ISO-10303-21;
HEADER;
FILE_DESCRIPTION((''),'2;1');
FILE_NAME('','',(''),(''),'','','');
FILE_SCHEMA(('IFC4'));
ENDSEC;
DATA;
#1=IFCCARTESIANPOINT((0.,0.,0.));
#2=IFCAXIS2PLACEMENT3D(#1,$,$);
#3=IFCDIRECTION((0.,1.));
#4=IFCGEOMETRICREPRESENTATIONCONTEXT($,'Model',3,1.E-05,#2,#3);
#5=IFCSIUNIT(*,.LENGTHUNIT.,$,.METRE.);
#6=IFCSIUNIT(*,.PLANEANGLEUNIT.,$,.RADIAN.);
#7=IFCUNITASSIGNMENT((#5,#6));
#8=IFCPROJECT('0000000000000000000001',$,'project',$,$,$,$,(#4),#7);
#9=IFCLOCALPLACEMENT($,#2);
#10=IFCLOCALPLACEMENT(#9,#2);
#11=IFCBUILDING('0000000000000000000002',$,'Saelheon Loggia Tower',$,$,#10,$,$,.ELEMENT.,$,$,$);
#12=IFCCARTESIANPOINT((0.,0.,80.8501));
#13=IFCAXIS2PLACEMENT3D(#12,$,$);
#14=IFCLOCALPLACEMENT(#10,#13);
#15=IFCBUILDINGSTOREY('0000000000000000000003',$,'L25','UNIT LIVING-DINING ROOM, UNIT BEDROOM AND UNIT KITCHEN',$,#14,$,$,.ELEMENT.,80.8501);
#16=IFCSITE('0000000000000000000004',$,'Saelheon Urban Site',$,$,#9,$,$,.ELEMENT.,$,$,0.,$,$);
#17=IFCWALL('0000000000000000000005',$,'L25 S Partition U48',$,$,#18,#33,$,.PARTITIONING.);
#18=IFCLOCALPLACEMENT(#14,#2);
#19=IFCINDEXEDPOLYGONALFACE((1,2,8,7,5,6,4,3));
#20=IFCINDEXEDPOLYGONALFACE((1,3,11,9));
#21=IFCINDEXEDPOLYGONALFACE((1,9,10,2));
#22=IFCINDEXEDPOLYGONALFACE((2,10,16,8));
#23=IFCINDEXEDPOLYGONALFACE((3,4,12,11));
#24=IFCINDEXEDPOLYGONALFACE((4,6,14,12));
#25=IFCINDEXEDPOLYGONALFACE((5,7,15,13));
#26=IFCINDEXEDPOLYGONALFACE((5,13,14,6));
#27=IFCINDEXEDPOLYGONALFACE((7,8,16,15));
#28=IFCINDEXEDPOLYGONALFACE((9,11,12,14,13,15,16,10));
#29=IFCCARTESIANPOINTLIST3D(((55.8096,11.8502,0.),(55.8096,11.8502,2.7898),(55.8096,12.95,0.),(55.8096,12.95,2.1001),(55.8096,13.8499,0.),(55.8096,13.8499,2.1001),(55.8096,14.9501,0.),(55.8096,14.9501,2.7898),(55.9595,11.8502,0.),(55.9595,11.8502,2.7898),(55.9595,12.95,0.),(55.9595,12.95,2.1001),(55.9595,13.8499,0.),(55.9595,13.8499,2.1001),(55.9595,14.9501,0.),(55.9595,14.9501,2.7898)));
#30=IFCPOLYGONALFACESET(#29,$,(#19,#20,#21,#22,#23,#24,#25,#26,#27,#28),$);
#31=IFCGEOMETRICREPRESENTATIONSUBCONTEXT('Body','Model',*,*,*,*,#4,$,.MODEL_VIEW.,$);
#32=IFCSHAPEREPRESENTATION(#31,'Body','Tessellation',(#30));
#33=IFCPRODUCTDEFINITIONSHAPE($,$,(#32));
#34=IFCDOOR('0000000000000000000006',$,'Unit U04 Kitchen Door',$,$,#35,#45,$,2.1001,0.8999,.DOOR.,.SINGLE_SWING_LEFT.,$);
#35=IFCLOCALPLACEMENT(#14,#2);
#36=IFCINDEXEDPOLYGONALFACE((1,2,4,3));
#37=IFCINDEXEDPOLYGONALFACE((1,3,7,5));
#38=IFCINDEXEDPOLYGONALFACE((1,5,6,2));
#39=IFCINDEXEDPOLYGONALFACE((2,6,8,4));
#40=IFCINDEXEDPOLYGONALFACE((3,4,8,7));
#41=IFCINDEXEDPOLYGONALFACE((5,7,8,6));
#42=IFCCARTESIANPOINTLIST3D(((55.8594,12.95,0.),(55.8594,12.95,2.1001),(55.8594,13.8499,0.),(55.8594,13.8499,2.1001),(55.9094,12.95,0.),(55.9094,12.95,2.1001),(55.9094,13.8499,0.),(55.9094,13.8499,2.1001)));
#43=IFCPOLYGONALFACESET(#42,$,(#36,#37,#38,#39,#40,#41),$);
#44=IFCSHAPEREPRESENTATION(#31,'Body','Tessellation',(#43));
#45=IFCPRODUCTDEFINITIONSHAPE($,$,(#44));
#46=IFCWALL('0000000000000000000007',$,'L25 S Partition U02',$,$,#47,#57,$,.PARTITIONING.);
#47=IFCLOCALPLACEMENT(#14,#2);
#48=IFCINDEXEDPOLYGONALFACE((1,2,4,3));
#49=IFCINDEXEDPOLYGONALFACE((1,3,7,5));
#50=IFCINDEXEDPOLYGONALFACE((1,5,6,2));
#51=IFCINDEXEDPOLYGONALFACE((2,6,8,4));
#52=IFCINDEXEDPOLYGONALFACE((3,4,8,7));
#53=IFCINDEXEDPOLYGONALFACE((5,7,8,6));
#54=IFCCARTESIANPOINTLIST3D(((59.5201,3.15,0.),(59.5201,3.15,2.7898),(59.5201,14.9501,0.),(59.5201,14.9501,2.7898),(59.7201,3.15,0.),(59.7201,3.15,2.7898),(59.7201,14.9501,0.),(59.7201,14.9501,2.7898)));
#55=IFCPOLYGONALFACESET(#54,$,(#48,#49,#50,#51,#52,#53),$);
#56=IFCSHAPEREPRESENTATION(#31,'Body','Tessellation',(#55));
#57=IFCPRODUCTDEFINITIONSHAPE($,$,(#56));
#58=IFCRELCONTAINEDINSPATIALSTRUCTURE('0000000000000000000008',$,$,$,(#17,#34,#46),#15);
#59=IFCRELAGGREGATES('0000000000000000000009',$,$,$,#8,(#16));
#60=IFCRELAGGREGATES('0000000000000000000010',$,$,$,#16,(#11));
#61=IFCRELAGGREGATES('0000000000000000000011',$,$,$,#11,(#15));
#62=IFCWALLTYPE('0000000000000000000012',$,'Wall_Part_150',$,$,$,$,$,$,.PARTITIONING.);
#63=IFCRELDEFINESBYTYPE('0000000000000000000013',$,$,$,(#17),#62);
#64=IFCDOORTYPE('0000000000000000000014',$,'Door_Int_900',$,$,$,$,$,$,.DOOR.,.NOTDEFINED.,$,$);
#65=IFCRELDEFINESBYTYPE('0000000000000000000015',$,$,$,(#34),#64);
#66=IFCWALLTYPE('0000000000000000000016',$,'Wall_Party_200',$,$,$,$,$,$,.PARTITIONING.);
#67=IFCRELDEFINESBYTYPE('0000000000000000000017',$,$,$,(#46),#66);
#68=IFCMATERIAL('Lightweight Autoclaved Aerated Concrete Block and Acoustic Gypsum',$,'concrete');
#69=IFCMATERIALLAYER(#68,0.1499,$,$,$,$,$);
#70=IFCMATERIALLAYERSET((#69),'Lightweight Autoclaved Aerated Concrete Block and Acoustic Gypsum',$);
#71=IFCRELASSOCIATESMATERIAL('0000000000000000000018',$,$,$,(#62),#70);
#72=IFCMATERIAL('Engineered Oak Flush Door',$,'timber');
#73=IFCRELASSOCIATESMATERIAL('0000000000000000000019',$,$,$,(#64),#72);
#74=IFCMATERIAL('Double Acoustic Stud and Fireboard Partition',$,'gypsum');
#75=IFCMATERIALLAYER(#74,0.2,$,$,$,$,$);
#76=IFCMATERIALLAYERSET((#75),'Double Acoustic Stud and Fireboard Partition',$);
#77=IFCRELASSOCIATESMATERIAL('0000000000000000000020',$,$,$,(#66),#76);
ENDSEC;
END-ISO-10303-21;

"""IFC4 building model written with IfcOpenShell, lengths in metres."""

from ifc_helpers import new_model, si_unit, direction, frame, frame_2d, origin, place, context, subcontext, project, spatial, rectangle, extrude, source, transform, mapped, material, layer, layer_set, type_object, element, fill, save


model = new_model("IFC4")

# Units and contexts
model_context = context("Model", 3, precision=1e-05, world=origin(), true_north=direction((0.0, 1.0)))
body_context = subcontext(model_context, "Body", "Model", "MODEL_VIEW")
ifc_project = project(units=[si_unit("LENGTHUNIT", "METRE"), si_unit("PLANEANGLEUNIT", "RADIAN")], contexts=[model_context])

# Site, building, storey
site_placement = place(None, origin())
site = spatial("IfcSite", under=ifc_project, at=site_placement, Name="Saelheon Urban Site", CompositionType="ELEMENT", RefElevation=0.0)
building_placement = place(site_placement, origin())
building = spatial("IfcBuilding", under=site, at=building_placement, Name="Saelheon Loggia Tower", CompositionType="ELEMENT")
storey_placement = place(building_placement, frame((0.0, 0.0, 80.8501)))
storey = spatial("IfcBuildingStorey", under=building, at=storey_placement, Name="L25", Description="UNIT LIVING-DINING ROOM, UNIT BEDROOM AND UNIT KITCHEN", CompositionType="ELEMENT", Elevation=80.8501)

# Wall, opening, door
ifc_material_1 = material(Name="Lightweight Autoclaved Aerated Concrete Block and Acoustic Gypsum", Category="concrete")
ifc_layer_1 = layer(ifc_material_1, 0.1499)
ifc_layer_set_1 = layer_set([ifc_layer_1], Name="Lightweight Autoclaved Aerated Concrete Block and Acoustic Gypsum")
wall_type_1 = type_object("IfcWallType", Name="Wall_Part_150", PredefinedType="PARTITIONING", material=ifc_layer_set_1)
wall_1_placement = place(storey_placement, frame((55.8845, 14.95, 0.0), z_axis=(0.0, 0.0, 1.0), x_axis=(0.0, -1.0, 0.0)))
wall_1 = element("IfcWall", 1, at=wall_1_placement, inside=storey, type_object=wall_type_1, Name="L25 S Partition U48", PredefinedType="PARTITIONING", context=body_context, shape_type="SweptSolid", body=[
    extrude(rectangle(XDim=3.0999, YDim=0.1499, at=frame_2d((1.5498, 0.0))), origin(), (0.0, 0.0, 1.0), 2.7898),
])
opening_1_placement = place(wall_1_placement, frame((1.1001, 0.0, 0.0)))
opening_1 = element("IfcOpeningElement", 2, at=opening_1_placement, cuts=wall_1, PredefinedType="OPENING", context=body_context, shape_type="SweptSolid", body=[
    extrude(rectangle(XDim=0.8999, YDim=2.1001, at=frame_2d((0.45, 1.05))), frame((0.0, 0.0869, 0.0), z_axis=(0.0, -1.0, 0.0), x_axis=(1.0, 0.0, 0.0)), (0.0, 0.0, 1.0), 0.1738),
])
ifc_material_2 = material(Name="Engineered Oak Flush Door", Category="timber")
door_type_1 = type_object("IfcDoorType", Name="Door_Int_900", OperationType="NOTDEFINED", PredefinedType="DOOR", material=ifc_material_2)
shared_shape_1 = source(origin(), body_context, "Body", "SweptSolid", [
    extrude(rectangle(XDim=0.8999, YDim=2.1001, at=frame_2d((0.45, 1.05))), frame((0.0, 0.0249, 0.0), z_axis=(0.0, -1.0, 0.0), x_axis=(1.0, 0.0, 0.0)), (0.0, 0.0, 1.0), 0.05),
])
door_1_placement = place(opening_1_placement, origin())
door_1 = element("IfcDoor", 3, at=door_1_placement, inside=storey, type_object=door_type_1, Name="Unit U04 Kitchen Door", OperationType="SINGLE_SWING_LEFT", OverallHeight=2.1001, OverallWidth=0.8999, PredefinedType="DOOR", context=body_context, shape_type="MappedRepresentation", body=[
    mapped(shared_shape_1, transform((0.0, 0.0, 0.0), scale=1.0)),
])
fill(opening_1, door_1)

# Wall
ifc_material_3 = material(Name="Double Acoustic Stud and Fireboard Partition", Category="gypsum")
ifc_layer_2 = layer(ifc_material_3, 0.2)
ifc_layer_set_2 = layer_set([ifc_layer_2], Name="Double Acoustic Stud and Fireboard Partition")
wall_type_2 = type_object("IfcWallType", Name="Wall_Party_200", PredefinedType="PARTITIONING", material=ifc_layer_set_2)
wall_2_placement = place(storey_placement, frame((59.6201, 14.95, 0.0), z_axis=(0.0, 0.0, 1.0), x_axis=(0.0, -1.0, 0.0)))
element("IfcWall", 4, at=wall_2_placement, inside=storey, type_object=wall_type_2, Name="L25 S Partition U02", PredefinedType="PARTITIONING", context=body_context, shape_type="SweptSolid", body=[
    extrude(rectangle(XDim=11.8, YDim=0.2, at=frame_2d((5.8999, 0.0))), origin(), (0.0, 0.0, 1.0), 2.7898),
])

save(model, "model.ifc")
